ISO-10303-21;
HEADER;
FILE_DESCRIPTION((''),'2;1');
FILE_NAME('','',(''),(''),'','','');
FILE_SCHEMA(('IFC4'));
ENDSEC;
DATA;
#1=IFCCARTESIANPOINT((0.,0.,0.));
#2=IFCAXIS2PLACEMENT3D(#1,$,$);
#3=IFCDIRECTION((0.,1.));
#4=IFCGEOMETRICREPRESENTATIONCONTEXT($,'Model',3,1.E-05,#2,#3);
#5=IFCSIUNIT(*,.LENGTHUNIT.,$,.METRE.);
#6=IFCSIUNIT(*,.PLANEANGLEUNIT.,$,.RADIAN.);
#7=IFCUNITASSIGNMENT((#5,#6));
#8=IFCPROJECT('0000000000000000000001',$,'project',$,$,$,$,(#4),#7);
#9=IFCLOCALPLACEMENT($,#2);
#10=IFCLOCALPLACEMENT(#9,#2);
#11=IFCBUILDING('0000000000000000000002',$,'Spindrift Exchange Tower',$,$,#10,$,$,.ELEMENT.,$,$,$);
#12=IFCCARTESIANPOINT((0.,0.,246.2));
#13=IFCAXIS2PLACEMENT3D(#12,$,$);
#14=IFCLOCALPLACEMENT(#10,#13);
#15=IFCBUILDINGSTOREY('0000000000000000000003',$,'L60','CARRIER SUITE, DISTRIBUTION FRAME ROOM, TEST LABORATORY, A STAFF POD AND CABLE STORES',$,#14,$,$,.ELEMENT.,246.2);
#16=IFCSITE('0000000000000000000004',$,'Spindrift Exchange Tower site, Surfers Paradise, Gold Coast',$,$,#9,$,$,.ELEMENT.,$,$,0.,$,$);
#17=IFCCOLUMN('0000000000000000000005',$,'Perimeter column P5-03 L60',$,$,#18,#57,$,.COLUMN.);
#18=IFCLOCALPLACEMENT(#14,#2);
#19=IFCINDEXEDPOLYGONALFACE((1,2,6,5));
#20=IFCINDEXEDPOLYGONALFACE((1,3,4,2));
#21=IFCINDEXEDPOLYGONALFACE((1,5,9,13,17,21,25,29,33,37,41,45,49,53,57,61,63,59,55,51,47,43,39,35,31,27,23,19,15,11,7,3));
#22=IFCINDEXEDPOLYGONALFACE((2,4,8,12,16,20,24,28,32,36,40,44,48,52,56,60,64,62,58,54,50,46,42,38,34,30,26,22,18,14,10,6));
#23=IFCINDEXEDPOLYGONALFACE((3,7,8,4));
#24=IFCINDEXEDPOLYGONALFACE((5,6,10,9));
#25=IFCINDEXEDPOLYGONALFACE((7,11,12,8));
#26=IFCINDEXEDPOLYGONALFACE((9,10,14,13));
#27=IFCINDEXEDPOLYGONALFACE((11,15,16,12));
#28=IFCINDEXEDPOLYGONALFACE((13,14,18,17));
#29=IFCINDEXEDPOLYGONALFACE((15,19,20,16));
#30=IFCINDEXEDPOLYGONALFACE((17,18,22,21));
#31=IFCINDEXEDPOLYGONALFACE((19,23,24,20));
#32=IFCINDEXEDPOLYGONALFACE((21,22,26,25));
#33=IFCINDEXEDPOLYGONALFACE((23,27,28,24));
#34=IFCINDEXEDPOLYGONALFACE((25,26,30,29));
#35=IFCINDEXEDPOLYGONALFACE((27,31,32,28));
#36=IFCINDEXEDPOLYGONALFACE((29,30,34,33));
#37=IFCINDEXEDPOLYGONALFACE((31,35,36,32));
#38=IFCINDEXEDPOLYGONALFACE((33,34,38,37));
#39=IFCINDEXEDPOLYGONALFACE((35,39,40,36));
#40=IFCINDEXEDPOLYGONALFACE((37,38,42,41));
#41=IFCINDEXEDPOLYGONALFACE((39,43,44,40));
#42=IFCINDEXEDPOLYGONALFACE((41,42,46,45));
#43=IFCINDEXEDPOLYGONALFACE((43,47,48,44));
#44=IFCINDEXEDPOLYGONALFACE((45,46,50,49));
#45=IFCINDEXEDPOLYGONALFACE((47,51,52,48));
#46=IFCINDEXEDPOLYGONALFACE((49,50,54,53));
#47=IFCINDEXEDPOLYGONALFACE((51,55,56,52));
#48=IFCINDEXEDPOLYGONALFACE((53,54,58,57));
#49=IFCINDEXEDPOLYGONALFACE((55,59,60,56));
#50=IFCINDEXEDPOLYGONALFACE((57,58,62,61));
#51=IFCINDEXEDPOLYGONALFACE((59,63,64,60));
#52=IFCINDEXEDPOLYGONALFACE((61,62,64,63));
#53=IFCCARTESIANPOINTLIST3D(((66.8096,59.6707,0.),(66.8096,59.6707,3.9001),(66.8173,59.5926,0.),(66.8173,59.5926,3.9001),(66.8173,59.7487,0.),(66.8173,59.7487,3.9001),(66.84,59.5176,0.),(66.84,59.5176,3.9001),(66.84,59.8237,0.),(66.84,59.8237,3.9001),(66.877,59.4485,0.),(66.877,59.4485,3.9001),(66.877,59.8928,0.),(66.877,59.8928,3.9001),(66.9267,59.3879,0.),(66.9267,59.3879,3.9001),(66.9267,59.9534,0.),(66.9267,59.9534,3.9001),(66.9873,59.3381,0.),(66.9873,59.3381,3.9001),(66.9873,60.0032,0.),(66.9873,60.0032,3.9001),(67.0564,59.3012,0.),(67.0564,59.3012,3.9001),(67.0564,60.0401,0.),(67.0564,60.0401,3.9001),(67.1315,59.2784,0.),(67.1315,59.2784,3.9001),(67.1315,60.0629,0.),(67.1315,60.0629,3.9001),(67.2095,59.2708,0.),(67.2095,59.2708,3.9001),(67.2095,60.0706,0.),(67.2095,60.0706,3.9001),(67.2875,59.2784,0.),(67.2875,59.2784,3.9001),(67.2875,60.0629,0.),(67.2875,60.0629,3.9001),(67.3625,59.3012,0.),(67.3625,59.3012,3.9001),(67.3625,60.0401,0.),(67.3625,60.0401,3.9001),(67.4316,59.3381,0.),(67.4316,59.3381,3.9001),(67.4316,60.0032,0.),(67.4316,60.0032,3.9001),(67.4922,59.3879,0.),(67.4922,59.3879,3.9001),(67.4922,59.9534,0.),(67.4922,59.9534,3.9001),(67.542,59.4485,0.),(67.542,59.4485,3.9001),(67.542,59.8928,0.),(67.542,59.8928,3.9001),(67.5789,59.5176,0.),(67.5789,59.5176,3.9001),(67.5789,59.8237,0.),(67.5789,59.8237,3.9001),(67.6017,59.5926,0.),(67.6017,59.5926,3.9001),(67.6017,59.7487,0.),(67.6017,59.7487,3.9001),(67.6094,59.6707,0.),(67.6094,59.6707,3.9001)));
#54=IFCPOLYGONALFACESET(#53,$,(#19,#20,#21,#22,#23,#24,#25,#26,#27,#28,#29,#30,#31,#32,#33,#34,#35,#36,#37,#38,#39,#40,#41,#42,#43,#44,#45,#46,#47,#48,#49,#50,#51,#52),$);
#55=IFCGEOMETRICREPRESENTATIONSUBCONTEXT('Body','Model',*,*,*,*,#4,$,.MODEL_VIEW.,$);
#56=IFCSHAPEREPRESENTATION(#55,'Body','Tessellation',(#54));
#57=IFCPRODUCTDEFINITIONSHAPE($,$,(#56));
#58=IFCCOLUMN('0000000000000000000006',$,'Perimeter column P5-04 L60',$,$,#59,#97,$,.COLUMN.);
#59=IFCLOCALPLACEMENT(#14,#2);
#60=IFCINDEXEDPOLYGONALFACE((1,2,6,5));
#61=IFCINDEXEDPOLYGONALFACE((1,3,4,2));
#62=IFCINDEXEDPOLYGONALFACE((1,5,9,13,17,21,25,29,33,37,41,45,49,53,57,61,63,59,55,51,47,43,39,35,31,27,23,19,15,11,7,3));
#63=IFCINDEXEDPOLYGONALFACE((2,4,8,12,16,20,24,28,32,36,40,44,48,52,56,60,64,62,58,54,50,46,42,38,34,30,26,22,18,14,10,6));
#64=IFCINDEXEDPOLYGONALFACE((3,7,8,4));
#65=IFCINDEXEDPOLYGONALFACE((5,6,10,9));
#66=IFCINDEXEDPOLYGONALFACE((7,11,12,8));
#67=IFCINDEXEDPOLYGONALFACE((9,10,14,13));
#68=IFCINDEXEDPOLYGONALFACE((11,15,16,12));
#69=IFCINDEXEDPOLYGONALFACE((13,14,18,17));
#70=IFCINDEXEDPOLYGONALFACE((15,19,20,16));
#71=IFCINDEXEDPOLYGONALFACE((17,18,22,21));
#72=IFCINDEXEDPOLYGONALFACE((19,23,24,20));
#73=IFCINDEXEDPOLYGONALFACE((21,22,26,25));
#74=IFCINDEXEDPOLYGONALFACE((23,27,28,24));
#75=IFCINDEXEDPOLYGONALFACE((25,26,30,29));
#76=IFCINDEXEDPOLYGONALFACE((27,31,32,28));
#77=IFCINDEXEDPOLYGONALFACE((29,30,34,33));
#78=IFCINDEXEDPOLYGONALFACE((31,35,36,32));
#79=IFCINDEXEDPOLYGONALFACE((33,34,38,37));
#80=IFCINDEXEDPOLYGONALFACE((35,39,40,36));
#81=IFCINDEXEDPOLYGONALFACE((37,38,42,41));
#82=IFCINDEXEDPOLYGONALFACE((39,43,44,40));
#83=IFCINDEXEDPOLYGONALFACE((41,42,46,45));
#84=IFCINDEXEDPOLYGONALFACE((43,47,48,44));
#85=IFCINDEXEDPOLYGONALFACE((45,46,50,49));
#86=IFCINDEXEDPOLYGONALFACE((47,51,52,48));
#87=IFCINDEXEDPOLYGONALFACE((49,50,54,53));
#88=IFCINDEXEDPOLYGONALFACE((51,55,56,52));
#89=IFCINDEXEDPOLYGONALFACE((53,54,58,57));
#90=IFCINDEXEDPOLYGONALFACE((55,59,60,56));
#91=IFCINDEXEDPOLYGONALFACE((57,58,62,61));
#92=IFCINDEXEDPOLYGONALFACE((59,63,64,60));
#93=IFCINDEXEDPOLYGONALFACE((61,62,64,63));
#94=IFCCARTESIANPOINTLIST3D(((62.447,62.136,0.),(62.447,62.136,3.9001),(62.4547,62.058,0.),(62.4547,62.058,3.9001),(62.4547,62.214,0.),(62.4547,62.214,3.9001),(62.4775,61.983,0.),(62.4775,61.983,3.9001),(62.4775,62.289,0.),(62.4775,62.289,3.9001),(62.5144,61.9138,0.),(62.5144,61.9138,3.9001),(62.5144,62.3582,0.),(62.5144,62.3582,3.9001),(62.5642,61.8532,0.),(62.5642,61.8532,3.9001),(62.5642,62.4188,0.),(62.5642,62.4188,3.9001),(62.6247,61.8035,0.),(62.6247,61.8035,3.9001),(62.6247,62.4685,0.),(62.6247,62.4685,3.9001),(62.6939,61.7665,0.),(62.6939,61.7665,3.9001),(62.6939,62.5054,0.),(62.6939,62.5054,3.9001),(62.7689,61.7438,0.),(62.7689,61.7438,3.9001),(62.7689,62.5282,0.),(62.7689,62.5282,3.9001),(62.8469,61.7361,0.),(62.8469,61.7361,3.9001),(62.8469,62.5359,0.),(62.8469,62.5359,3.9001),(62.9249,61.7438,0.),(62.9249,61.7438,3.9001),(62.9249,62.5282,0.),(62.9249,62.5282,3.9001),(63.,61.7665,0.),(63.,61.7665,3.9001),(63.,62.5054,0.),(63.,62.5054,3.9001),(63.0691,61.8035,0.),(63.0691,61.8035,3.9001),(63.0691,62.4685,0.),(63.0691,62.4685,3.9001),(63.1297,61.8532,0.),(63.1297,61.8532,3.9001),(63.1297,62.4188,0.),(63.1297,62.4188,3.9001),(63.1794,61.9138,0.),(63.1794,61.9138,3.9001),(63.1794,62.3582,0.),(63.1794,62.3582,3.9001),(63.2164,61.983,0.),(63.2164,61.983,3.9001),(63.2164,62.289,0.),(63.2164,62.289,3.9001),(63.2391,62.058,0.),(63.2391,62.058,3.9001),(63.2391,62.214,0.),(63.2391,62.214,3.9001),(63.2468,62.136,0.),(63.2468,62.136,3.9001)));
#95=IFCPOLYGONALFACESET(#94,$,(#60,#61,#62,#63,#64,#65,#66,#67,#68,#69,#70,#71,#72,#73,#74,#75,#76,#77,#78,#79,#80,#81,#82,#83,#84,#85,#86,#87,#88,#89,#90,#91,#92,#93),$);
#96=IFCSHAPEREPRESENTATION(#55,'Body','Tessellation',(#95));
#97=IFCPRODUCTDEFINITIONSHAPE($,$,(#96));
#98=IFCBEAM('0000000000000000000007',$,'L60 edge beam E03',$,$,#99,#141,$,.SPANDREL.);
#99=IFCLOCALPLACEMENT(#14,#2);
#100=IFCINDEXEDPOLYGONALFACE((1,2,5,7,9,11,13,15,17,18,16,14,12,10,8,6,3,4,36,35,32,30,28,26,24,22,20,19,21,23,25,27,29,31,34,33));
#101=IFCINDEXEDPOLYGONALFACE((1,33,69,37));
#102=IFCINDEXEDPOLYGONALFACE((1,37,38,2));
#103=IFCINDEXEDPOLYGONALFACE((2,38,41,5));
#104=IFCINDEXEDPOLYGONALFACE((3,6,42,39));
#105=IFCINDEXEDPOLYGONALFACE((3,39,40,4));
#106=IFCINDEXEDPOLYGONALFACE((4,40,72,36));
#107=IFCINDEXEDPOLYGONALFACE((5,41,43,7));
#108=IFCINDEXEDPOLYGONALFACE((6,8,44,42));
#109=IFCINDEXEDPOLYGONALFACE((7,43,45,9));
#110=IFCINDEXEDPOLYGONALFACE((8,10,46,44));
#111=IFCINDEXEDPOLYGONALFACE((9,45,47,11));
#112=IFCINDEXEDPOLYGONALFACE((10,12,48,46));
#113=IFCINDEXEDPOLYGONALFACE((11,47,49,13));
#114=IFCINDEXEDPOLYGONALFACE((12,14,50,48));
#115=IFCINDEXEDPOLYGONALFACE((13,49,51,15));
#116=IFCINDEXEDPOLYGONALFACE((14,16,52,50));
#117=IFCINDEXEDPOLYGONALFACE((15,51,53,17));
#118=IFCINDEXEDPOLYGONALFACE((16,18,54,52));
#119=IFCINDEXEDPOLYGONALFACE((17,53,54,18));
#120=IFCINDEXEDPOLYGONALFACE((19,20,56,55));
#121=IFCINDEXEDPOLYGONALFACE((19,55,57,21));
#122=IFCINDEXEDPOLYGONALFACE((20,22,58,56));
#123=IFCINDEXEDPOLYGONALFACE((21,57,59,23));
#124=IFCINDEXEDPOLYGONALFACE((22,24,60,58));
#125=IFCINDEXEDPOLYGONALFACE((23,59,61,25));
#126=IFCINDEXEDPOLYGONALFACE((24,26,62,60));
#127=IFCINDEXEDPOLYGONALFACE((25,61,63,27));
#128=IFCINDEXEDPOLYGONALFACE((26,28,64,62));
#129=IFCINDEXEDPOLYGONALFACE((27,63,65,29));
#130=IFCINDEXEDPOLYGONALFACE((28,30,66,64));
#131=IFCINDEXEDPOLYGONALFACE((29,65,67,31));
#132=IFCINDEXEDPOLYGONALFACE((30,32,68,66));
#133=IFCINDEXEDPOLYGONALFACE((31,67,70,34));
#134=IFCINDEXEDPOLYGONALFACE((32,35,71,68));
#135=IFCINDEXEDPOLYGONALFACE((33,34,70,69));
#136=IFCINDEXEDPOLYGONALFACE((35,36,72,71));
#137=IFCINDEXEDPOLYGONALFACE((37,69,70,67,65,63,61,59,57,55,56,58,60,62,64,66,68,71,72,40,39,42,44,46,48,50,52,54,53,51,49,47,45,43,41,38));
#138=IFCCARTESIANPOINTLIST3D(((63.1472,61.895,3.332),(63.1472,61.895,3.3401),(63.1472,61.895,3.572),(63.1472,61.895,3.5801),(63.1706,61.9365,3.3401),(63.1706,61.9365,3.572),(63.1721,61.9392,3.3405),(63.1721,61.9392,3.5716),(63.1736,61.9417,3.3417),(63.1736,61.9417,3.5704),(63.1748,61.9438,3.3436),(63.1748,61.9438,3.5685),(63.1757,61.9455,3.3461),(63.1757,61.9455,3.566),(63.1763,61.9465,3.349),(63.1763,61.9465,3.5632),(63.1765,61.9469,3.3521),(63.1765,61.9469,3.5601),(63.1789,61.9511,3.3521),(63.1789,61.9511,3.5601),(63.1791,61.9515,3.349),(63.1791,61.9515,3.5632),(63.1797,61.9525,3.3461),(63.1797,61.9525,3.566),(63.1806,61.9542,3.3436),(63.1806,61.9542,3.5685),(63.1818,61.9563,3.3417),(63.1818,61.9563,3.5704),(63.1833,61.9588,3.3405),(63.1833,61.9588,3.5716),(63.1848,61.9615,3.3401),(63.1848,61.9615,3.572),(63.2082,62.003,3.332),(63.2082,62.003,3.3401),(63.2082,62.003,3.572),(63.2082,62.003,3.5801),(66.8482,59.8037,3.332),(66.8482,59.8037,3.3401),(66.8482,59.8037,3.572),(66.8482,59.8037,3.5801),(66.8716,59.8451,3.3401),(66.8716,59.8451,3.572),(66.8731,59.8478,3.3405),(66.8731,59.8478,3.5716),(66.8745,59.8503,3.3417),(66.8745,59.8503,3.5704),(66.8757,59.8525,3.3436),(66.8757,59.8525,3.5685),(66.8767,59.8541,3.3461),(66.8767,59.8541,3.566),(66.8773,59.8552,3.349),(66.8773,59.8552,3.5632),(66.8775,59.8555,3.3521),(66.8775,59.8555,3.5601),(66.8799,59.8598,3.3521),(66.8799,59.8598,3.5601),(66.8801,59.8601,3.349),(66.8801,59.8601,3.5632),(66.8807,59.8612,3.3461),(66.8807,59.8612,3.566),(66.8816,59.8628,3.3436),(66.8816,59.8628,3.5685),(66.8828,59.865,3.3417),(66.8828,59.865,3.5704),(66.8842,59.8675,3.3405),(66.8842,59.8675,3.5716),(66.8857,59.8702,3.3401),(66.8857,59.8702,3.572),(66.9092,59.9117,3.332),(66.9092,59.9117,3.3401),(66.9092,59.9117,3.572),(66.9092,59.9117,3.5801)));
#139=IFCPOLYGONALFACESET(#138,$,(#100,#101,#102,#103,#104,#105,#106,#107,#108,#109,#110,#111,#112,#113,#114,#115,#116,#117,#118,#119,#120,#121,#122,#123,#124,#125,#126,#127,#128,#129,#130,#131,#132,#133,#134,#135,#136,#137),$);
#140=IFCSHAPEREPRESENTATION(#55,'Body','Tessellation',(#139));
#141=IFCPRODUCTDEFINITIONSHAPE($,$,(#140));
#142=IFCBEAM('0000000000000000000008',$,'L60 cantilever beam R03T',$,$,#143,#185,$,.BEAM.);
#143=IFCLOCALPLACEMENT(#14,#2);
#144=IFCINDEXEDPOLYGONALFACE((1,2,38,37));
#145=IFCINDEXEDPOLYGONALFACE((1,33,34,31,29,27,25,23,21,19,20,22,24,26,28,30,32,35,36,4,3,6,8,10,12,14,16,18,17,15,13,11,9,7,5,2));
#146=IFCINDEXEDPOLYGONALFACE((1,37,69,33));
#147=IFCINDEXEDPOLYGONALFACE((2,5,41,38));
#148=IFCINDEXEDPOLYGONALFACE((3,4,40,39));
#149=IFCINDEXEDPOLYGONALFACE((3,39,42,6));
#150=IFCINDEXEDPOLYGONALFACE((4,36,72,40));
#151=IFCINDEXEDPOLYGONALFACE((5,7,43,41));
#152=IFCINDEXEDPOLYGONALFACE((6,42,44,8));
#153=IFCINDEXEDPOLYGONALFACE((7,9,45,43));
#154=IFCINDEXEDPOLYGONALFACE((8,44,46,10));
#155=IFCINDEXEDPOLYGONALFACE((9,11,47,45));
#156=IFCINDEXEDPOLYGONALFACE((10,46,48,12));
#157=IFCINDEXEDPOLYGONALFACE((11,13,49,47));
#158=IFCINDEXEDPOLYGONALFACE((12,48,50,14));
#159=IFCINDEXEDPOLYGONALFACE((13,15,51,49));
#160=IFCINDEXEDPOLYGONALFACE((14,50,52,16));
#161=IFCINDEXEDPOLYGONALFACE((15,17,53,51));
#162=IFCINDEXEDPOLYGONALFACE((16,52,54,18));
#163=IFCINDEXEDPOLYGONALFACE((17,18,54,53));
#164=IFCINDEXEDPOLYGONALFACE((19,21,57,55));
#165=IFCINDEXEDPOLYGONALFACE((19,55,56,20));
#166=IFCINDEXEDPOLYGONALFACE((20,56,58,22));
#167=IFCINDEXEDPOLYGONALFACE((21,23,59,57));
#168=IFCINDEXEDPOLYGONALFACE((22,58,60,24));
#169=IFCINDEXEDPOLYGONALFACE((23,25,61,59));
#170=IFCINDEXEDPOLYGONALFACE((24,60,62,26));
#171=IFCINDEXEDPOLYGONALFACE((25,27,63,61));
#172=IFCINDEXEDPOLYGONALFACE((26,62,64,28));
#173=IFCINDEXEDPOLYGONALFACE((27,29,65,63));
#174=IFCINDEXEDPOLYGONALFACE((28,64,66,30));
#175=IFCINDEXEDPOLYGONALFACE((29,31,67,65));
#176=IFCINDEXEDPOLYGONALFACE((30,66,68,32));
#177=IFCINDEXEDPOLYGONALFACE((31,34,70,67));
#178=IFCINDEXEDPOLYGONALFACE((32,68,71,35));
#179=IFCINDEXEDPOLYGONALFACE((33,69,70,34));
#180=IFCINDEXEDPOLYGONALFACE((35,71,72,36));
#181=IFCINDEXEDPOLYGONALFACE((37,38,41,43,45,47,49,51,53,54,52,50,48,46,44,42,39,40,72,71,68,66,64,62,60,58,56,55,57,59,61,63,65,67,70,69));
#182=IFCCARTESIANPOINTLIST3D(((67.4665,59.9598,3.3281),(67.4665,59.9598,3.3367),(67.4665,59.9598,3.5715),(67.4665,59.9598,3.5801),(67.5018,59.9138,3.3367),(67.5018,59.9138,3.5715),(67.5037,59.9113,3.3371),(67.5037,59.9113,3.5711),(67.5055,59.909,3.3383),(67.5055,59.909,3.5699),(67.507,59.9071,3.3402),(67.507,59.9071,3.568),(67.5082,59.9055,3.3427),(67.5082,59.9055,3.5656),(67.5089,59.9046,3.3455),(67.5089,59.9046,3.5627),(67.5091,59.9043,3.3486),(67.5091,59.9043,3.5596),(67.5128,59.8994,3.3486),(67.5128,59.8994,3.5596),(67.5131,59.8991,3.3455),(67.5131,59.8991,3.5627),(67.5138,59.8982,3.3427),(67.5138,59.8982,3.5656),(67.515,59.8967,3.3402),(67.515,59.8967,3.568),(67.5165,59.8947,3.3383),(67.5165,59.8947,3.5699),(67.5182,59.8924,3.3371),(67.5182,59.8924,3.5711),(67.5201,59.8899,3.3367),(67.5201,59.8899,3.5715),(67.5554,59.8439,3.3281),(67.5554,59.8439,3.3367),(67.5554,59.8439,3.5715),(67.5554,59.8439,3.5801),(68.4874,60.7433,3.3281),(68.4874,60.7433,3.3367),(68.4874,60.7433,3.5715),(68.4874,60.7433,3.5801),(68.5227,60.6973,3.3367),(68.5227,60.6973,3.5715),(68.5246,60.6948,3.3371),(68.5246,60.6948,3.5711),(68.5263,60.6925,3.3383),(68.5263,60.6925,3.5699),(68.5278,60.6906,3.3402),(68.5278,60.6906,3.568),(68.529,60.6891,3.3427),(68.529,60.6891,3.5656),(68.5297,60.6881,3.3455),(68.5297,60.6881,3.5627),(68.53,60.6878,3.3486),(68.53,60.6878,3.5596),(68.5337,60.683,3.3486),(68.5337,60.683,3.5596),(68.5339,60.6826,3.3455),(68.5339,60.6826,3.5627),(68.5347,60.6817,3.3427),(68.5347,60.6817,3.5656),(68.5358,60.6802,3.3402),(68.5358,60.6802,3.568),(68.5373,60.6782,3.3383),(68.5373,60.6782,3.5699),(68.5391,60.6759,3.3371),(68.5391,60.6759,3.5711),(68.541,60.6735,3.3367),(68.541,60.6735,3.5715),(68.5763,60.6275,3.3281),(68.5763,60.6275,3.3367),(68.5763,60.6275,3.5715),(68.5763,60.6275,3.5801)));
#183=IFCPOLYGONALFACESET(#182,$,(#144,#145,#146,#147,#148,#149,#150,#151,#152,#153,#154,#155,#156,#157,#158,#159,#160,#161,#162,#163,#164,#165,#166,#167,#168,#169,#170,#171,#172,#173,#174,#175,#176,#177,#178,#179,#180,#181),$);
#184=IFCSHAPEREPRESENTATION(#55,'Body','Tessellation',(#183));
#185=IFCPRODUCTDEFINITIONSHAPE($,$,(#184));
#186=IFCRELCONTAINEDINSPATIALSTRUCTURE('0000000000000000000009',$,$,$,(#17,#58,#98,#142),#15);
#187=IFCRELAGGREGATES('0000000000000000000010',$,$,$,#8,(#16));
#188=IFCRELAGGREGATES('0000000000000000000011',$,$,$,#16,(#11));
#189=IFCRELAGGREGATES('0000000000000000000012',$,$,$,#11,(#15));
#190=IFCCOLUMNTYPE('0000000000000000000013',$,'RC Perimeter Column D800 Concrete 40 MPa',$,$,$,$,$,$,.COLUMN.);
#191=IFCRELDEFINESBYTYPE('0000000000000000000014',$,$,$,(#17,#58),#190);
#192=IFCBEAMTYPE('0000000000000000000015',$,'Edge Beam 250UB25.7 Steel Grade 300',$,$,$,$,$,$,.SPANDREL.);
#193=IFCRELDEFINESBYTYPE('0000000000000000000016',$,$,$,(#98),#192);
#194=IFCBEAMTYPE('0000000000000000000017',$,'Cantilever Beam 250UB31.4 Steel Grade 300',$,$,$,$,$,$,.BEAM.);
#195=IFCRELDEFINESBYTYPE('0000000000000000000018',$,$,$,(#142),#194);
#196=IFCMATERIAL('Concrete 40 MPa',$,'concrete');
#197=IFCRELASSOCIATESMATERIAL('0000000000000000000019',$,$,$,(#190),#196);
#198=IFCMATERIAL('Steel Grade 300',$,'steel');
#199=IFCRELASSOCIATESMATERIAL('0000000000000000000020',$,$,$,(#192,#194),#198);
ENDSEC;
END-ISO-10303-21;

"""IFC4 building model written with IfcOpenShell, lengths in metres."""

from ifc_helpers import new_model, si_unit, direction, frame, origin, origin_2d, place, context, subcontext, project, spatial, circle, i_section, extrude, source, transform, mapped, material, material_profile, profile_set, type_object, element, save


model = new_model("IFC4")

# Units and contexts
model_context = context("Model", 3, precision=1e-05, world=origin(), true_north=direction((0.0, 1.0)))
body_context = subcontext(model_context, "Body", "Model", "MODEL_VIEW")
ifc_project = project(units=[si_unit("LENGTHUNIT", "METRE"), si_unit("PLANEANGLEUNIT", "RADIAN")], contexts=[model_context])

# Site, building, storey
site_placement = place(None, origin())
site = spatial("IfcSite", under=ifc_project, at=site_placement, Name="Spindrift Exchange Tower site, Surfers Paradise, Gold Coast", CompositionType="ELEMENT", RefElevation=0.0)
building_placement = place(site_placement, origin())
building = spatial("IfcBuilding", under=site, at=building_placement, Name="Spindrift Exchange Tower", CompositionType="ELEMENT")
storey_placement = place(building_placement, frame((0.0, 0.0, 246.2)))
storey = spatial("IfcBuildingStorey", under=building, at=storey_placement, Name="L60", Description="CARRIER SUITE, DISTRIBUTION FRAME ROOM, TEST LABORATORY, A STAFF POD AND CABLE STORES", CompositionType="ELEMENT", Elevation=246.2)

# Columns
ifc_material_1 = material(Name="Concrete 40 MPa", Category="concrete")
ifc_material_profile_1 = material_profile(ifc_material_1, circle(Radius=0.3999, at=origin_2d()), Name="RC D800")
ifc_profile_set_1 = profile_set([ifc_material_profile_1], Name="Concrete 40 MPa")
column_type = type_object("IfcColumnType", Name="RC Perimeter Column D800 Concrete 40 MPa", PredefinedType="COLUMN", material=ifc_profile_set_1)
shared_shape_1 = source(origin(), body_context, "Body", "SweptSolid", [
    extrude(circle(Radius=0.3999, at=origin_2d()), origin(), (0.0, 0.0, 1.0), 3.9001),
])
for number, where, z_axis, x_axis, name in (
    (1, (67.2095, 59.6707, 0.0), (0.0, 0.0, 1.0), (1.0, 0.0, 0.0), "Perimeter column P5-03 L60"),
    (2, (62.8469, 62.136, 0.0), (0.0, 0.0, 1.0), (1.0, 0.0, 0.0), "Perimeter column P5-04 L60"),
):
    element("IfcColumn", number, at=place(storey_placement, frame(where, z_axis=z_axis, x_axis=x_axis)), inside=storey, type_object=column_type, Name=name, PredefinedType="COLUMN", context=body_context, shape_type="MappedRepresentation", body=[
        mapped(shared_shape_1, transform((0.0, 0.0, 0.0), scale=1.0)),
    ])

# Beams
ifc_material_2 = material(Name="Steel Grade 300", Category="steel")
ifc_material_profile_2 = material_profile(ifc_material_2, i_section(OverallWidth=0.124, OverallDepth=0.248, WebThickness=0.0049, FlangeThickness=0.0081, FilletRadius=0.012, at=origin_2d()), Name="250UB25.7")
ifc_profile_set_2 = profile_set([ifc_material_profile_2], Name="Steel Grade 300")
beam_type_1 = type_object("IfcBeamType", Name="Edge Beam 250UB25.7 Steel Grade 300", PredefinedType="SPANDREL", material=ifc_profile_set_2)
shared_shape_2 = source(origin(), body_context, "Body", "SweptSolid", [
    extrude(i_section(OverallWidth=0.124, OverallDepth=0.248, WebThickness=0.0049, FlangeThickness=0.0081, FilletRadius=0.012, at=origin_2d()), origin(), (0.0, 0.0, 1.0), 4.251),
])
beam_1_placement = place(storey_placement, frame((66.8787, 59.8577, 3.4561), z_axis=(-0.870615, 0.491965, 0.0), x_axis=(-0.491965, -0.870615, 0.0)))
element("IfcBeam", 3, at=beam_1_placement, inside=storey, type_object=beam_type_1, Name="L60 edge beam E03", PredefinedType="SPANDREL", context=body_context, shape_type="MappedRepresentation", body=[
    mapped(shared_shape_2, transform((0.0, 0.0, 0.0), scale=1.0)),
])
ifc_material_profile_3 = material_profile(ifc_material_2, i_section(OverallWidth=0.146, OverallDepth=0.252, WebThickness=0.0061, FlangeThickness=0.0085, FilletRadius=0.012, at=origin_2d()), Name="250UB31.4")
ifc_profile_set_3 = profile_set([ifc_material_profile_3], Name="Steel Grade 300")
beam_type_2 = type_object("IfcBeamType", Name="Cantilever Beam 250UB31.4 Steel Grade 300", PredefinedType="BEAM", material=ifc_profile_set_3)
shared_shape_3 = source(origin(), body_context, "Body", "SweptSolid", [
    extrude(i_section(OverallWidth=0.146, OverallDepth=0.252, WebThickness=0.0061, FlangeThickness=0.0085, FilletRadius=0.012, at=origin_2d()), origin(), (0.0, 0.0, 1.0), 1.2869),
])
beam_2_placement = place(storey_placement, frame((67.511, 59.9019, 3.4541), z_axis=(0.793279, 0.608858, 0.0), x_axis=(-0.608858, 0.793279, 0.0)))
element("IfcBeam", 4, at=beam_2_placement, inside=storey, type_object=beam_type_2, Name="L60 cantilever beam R03T", PredefinedType="BEAM", context=body_context, shape_type="MappedRepresentation", body=[
    mapped(shared_shape_3, transform((0.0, 0.0, 0.0), scale=1.0)),
])

save(model, "model.ifc")
